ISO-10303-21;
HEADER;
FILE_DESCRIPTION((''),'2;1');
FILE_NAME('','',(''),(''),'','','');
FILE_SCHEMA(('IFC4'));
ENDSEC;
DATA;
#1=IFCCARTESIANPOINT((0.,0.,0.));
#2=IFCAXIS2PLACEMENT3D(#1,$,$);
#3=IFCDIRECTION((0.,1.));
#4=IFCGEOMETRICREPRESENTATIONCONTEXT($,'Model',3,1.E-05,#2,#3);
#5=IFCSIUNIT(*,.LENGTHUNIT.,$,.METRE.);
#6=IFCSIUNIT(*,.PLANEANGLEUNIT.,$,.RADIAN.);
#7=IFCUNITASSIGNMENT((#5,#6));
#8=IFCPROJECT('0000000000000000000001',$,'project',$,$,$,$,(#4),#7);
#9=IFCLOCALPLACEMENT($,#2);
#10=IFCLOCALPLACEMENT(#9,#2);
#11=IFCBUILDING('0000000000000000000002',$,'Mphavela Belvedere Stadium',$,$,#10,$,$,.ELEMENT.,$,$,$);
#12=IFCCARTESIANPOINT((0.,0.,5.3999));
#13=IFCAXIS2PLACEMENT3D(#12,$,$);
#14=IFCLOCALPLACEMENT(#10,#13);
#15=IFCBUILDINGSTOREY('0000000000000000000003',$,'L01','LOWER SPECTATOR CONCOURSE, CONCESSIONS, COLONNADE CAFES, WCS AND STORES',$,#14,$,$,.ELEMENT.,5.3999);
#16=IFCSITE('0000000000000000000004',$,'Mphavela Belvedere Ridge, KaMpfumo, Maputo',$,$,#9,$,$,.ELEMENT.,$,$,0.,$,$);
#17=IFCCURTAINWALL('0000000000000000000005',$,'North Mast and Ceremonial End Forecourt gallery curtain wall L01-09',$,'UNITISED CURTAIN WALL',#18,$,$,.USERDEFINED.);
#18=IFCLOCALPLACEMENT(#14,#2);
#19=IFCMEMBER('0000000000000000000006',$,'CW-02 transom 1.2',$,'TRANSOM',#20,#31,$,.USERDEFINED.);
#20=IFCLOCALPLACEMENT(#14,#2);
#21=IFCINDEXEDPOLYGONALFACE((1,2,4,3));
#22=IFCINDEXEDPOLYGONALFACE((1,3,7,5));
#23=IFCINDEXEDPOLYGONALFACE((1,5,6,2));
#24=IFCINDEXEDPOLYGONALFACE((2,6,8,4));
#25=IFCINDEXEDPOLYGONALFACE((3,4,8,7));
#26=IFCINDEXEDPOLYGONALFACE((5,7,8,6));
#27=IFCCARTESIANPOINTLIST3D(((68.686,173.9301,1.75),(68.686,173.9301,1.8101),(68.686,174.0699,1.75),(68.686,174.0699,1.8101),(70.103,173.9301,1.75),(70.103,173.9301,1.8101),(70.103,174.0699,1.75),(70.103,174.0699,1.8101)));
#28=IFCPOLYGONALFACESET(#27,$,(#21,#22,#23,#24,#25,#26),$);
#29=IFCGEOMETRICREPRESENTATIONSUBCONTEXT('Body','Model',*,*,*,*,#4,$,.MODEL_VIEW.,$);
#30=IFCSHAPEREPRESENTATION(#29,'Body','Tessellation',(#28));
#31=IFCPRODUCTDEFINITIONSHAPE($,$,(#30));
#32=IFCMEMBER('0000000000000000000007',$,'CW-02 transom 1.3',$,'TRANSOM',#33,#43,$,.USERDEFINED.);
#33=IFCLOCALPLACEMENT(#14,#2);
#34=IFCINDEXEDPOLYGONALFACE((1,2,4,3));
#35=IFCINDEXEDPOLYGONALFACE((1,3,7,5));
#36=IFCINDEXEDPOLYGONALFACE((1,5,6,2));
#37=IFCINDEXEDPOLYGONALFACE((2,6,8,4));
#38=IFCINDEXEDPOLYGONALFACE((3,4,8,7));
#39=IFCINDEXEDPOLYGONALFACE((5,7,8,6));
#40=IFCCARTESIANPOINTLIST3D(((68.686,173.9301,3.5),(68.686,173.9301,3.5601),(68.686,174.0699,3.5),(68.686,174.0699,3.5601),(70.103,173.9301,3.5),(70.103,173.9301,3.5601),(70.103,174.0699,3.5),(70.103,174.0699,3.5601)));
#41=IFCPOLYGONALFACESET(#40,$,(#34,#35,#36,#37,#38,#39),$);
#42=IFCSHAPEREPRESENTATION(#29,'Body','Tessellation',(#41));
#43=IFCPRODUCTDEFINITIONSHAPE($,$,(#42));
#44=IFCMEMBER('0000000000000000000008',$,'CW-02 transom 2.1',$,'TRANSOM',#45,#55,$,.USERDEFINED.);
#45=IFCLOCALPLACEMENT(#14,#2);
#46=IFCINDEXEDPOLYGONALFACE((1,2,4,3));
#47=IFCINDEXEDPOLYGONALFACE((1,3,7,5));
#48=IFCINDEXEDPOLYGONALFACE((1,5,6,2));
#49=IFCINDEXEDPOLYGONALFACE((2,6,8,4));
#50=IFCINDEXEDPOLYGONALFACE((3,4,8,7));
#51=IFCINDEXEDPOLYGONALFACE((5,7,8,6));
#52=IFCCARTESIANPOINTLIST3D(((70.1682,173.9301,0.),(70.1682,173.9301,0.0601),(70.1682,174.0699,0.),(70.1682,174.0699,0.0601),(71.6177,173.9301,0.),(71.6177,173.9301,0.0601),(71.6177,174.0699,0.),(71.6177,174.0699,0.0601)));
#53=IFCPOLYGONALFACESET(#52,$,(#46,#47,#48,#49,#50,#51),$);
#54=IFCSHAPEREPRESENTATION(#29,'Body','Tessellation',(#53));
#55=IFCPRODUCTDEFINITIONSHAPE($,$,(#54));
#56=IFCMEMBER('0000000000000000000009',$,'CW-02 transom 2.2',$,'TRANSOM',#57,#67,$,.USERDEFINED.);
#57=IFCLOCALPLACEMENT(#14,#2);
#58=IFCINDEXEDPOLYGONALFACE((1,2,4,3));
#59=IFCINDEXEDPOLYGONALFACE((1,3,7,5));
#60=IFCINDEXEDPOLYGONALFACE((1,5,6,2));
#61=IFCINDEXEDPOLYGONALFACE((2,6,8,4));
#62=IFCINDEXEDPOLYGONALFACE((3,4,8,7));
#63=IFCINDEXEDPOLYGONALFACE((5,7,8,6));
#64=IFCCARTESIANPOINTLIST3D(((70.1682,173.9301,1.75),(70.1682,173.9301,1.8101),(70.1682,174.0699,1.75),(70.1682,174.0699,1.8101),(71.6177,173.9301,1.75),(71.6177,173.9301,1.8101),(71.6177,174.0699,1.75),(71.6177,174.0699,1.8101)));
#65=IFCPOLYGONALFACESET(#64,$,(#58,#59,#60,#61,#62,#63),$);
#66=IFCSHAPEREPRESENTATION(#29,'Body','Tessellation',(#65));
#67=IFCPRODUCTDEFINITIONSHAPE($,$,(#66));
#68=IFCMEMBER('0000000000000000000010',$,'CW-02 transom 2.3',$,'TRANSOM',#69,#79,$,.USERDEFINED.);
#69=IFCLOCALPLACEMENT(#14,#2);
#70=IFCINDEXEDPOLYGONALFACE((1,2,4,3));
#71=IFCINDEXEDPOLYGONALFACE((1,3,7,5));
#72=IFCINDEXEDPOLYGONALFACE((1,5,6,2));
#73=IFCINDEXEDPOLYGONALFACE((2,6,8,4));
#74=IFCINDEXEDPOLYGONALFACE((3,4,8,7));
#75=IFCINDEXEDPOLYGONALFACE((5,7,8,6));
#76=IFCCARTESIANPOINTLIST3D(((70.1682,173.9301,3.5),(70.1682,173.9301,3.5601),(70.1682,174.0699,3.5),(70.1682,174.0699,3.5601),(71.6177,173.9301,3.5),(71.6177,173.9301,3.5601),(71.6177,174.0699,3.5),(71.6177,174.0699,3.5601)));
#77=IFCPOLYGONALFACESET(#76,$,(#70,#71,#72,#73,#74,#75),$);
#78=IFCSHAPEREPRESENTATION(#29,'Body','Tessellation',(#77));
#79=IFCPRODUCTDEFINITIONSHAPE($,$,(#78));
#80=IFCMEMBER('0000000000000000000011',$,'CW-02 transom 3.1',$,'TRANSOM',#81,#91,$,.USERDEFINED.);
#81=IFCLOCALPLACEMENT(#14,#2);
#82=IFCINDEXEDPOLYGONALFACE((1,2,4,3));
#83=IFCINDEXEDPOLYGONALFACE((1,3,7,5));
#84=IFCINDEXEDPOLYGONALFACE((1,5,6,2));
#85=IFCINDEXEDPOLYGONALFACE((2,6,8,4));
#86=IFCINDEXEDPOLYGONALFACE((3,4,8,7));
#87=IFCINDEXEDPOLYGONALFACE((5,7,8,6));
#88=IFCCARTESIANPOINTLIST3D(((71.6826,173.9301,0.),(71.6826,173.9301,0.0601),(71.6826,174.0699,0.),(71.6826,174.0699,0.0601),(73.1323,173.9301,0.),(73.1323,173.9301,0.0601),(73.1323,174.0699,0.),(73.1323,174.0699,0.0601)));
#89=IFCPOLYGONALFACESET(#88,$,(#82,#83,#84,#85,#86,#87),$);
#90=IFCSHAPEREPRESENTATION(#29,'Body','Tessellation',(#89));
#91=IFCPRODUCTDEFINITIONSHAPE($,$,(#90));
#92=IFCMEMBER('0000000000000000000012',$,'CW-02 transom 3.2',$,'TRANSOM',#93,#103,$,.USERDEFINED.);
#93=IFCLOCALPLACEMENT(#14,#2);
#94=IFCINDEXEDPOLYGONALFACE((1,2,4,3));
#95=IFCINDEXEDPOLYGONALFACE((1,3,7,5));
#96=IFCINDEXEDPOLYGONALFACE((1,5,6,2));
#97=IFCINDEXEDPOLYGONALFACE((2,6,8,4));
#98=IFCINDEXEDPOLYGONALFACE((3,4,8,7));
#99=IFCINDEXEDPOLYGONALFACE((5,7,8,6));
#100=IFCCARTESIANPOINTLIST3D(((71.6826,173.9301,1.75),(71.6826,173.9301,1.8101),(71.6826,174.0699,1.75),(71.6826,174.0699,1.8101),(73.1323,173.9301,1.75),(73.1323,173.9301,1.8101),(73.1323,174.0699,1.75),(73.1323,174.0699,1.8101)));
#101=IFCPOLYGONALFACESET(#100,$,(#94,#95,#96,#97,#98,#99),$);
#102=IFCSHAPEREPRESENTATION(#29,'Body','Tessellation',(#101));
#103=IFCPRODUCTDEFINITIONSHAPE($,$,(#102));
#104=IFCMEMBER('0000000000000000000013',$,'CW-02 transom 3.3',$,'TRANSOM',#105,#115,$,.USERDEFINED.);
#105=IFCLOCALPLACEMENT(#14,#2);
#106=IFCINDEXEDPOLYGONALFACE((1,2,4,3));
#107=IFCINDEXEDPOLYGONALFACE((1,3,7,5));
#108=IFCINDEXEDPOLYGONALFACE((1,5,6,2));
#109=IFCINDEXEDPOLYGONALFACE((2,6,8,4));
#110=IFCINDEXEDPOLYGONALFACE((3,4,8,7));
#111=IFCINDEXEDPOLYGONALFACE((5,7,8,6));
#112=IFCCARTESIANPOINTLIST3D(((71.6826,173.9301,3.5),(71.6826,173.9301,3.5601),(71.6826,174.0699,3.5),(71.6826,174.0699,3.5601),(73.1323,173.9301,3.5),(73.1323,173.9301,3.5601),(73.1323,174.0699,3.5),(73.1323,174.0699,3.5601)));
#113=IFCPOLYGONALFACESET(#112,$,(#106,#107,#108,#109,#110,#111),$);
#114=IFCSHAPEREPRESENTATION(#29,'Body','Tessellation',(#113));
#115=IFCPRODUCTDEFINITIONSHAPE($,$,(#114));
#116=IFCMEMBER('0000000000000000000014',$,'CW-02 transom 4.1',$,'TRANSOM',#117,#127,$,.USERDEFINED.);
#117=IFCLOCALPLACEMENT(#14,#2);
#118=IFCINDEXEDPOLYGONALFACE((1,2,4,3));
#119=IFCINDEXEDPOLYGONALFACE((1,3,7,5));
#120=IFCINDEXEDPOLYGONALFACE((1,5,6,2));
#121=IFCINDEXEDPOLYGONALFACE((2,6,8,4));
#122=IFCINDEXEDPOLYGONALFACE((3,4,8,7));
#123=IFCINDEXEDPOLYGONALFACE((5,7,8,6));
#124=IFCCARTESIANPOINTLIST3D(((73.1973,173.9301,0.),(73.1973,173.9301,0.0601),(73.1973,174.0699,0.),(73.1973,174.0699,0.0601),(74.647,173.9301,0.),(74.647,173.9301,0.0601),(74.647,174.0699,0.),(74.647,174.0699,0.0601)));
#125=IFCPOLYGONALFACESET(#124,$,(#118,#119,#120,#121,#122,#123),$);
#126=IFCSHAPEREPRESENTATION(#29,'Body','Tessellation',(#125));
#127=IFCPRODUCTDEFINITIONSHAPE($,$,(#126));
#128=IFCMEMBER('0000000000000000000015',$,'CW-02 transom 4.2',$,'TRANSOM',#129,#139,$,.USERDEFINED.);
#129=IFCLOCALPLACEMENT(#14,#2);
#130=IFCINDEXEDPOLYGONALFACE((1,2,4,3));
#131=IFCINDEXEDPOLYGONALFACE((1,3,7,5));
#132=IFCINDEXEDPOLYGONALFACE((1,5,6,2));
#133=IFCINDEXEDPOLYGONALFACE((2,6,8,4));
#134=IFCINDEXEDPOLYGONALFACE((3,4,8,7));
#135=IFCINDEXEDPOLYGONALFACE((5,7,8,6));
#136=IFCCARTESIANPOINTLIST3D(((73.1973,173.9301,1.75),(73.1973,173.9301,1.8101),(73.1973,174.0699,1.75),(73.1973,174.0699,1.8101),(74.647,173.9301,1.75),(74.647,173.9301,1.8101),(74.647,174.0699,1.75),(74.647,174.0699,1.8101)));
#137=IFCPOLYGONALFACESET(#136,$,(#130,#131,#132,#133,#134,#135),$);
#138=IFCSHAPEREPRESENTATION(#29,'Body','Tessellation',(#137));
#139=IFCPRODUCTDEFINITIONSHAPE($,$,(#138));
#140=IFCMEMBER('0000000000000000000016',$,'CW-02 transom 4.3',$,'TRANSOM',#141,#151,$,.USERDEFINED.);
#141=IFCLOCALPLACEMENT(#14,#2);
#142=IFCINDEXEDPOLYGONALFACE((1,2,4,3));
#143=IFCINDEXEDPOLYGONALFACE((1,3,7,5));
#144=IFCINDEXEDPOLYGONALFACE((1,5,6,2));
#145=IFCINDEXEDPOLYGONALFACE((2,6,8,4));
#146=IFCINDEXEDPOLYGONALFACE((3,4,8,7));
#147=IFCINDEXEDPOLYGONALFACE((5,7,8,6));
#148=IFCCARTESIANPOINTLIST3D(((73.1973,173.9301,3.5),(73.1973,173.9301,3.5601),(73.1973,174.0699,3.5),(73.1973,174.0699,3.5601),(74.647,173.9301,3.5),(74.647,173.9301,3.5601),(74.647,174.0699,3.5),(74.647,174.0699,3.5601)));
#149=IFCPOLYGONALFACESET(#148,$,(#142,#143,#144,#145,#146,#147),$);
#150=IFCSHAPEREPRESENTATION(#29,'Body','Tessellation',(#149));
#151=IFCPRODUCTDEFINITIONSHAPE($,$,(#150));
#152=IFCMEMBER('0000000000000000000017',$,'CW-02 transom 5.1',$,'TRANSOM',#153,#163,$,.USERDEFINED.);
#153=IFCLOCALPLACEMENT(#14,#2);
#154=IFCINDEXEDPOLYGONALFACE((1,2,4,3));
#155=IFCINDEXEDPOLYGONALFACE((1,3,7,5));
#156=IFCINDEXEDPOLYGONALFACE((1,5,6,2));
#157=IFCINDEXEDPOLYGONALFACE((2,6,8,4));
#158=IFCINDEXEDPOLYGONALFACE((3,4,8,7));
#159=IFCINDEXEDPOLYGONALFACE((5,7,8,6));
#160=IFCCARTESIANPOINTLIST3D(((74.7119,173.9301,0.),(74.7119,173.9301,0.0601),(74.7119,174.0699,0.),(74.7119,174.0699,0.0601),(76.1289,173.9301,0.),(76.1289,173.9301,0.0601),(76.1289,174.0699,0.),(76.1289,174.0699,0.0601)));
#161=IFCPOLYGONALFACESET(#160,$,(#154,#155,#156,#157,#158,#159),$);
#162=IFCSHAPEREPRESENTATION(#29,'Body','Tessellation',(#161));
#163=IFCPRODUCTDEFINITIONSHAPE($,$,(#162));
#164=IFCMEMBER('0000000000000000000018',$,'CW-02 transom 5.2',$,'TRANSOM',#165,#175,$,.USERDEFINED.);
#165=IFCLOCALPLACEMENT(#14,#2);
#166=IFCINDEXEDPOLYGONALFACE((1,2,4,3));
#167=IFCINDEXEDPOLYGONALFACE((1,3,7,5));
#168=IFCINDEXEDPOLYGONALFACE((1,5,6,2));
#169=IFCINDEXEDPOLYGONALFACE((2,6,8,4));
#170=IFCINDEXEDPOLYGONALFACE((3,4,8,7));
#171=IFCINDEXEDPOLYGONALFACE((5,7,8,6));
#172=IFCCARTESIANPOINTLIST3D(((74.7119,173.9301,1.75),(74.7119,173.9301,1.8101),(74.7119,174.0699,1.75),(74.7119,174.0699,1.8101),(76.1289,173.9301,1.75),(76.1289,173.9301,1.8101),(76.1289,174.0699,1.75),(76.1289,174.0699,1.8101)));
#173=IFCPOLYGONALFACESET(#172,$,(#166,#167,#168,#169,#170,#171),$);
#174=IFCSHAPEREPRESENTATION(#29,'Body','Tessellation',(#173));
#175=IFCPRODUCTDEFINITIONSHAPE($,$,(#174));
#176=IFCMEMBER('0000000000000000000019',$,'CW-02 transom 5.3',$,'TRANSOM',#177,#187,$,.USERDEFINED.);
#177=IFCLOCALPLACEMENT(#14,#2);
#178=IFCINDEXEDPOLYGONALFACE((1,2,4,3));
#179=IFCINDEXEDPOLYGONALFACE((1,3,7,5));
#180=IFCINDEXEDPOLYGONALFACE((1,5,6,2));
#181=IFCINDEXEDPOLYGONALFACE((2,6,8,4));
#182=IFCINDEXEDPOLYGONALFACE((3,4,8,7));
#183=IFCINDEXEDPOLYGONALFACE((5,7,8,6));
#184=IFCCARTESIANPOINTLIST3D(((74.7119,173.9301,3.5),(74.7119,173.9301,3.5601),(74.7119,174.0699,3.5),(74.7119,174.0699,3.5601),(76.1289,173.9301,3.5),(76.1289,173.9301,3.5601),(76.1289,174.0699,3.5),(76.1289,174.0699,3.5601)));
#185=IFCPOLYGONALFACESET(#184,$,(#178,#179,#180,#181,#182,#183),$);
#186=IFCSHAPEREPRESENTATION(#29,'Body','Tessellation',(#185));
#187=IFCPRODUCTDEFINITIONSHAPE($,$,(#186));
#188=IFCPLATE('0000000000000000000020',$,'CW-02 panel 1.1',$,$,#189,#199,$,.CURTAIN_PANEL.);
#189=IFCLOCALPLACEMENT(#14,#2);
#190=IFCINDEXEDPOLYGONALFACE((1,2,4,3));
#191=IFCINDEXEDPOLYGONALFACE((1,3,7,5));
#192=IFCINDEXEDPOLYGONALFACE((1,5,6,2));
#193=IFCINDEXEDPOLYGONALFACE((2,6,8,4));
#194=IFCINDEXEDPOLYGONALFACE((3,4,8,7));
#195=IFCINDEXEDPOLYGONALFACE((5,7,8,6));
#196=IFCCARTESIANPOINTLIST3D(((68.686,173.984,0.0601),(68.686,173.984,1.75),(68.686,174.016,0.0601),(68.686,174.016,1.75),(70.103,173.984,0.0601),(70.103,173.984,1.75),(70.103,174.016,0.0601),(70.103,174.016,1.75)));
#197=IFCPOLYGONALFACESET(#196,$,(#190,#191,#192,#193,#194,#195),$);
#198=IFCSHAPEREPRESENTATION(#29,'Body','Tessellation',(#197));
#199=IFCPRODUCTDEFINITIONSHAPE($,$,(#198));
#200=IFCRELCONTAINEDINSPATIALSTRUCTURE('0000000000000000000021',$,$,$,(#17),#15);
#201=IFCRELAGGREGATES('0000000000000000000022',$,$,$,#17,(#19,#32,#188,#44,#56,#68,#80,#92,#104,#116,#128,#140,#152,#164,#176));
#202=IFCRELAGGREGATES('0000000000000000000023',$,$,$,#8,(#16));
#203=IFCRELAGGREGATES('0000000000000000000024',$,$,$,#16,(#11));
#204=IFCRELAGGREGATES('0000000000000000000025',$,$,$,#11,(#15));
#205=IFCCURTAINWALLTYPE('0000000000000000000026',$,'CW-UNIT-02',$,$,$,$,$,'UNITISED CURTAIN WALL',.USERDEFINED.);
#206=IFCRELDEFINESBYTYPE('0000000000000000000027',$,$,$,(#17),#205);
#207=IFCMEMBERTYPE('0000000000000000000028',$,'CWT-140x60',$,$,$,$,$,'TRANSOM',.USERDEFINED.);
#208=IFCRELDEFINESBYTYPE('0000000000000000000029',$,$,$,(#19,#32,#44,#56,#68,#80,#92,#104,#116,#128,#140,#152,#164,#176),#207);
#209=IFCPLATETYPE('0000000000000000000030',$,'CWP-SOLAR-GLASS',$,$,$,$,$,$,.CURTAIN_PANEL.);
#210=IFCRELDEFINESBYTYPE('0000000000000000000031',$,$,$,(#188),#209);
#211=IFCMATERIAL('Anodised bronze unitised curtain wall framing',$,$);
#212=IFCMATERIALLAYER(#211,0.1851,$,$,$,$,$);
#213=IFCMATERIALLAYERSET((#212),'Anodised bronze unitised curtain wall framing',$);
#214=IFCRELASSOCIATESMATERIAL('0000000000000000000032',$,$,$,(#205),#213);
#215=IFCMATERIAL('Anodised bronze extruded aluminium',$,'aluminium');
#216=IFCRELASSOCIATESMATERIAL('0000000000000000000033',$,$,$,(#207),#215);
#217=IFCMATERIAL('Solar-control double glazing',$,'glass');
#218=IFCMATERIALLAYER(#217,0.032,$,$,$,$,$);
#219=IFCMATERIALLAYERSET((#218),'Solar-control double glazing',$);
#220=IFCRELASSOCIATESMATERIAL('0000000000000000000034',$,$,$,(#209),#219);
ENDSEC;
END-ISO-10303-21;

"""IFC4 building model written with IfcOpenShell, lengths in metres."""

from ifc_helpers import new_model, si_unit, direction, frame, origin, origin_2d, place, context, subcontext, project, spatial, rectangle, extrude, material, layer, layer_set, material_profile, profile_set, type_object, element, aggregate, save


model = new_model("IFC4")

# Units and contexts
model_context = context("Model", 3, precision=1e-05, world=origin(), true_north=direction((0.0, 1.0)))
body_context = subcontext(model_context, "Body", "Model", "MODEL_VIEW")
ifc_project = project(units=[si_unit("LENGTHUNIT", "METRE"), si_unit("PLANEANGLEUNIT", "RADIAN")], contexts=[model_context])

# Site, building, storey
site_placement = place(None, origin())
site = spatial("IfcSite", under=ifc_project, at=site_placement, Name="Mphavela Belvedere Ridge, KaMpfumo, Maputo", CompositionType="ELEMENT", RefElevation=0.0)
building_placement = place(site_placement, origin())
building = spatial("IfcBuilding", under=site, at=building_placement, Name="Mphavela Belvedere Stadium", CompositionType="ELEMENT")
storey_placement = place(building_placement, frame((0.0, 0.0, 5.3999)))
storey = spatial("IfcBuildingStorey", under=building, at=storey_placement, Name="L01", Description="LOWER SPECTATOR CONCOURSE, CONCESSIONS, COLONNADE CAFES, WCS AND STORES", CompositionType="ELEMENT", Elevation=5.3999)

# Curtain wall, members, plate
ifc_material_1 = material(Name="Anodised bronze unitised curtain wall framing")
ifc_layer_1 = layer(ifc_material_1, 0.1851)
ifc_layer_set_1 = layer_set([ifc_layer_1], Name="Anodised bronze unitised curtain wall framing")
curtain_wall_type = type_object("IfcCurtainWallType", Name="CW-UNIT-02", ElementType="UNITISED CURTAIN WALL", PredefinedType="USERDEFINED", material=ifc_layer_set_1)
curtain_wall_placement = place(storey_placement, origin())
curtain_wall = element("IfcCurtainWall", 1, at=curtain_wall_placement, inside=storey, type_object=curtain_wall_type, Name="North Mast and Ceremonial End Forecourt gallery curtain wall L01-09", ObjectType="UNITISED CURTAIN WALL", PredefinedType="USERDEFINED")
ifc_material_2 = material(Name="Anodised bronze extruded aluminium", Category="aluminium")
ifc_material_profile_1 = material_profile(ifc_material_2, rectangle(XDim=0.1399, YDim=0.0601, at=origin_2d()), Name="CW-TRN 140x60")
ifc_profile_set_1 = profile_set([ifc_material_profile_1], Name="Anodised bronze extruded aluminium")
member_type_1 = type_object("IfcMemberType", Name="CWT-140x60", ElementType="TRANSOM", PredefinedType="USERDEFINED", material=ifc_profile_set_1)
member_1_placement = place(storey_placement, frame((68.686, 174.0, 1.78), z_axis=(1.0, 0.0, 0.0), x_axis=(0.0, 1.0, 0.0)))
member_1 = element("IfcMember", 2, at=member_1_placement, type_object=member_type_1, Name="CW-02 transom 1.2", ObjectType="TRANSOM", PredefinedType="USERDEFINED", context=body_context, shape_type="SweptSolid", body=[
    extrude(rectangle(XDim=0.1399, YDim=0.0601, at=origin_2d()), origin(), (0.0, 0.0, 1.0), 1.417),
])
member_2_placement = place(storey_placement, frame((68.686, 174.0, 3.53), z_axis=(1.0, 0.0, 0.0), x_axis=(0.0, 1.0, 0.0)))
member_2 = element("IfcMember", 3, at=member_2_placement, type_object=member_type_1, Name="CW-02 transom 1.3", ObjectType="TRANSOM", PredefinedType="USERDEFINED", context=body_context, shape_type="SweptSolid", body=[
    extrude(rectangle(XDim=0.1399, YDim=0.0601, at=origin_2d()), origin(), (0.0, 0.0, 1.0), 1.417),
])
member_3_placement = place(storey_placement, frame((70.1682, 174.0, 0.03), z_axis=(1.0, 0.0, 0.0), x_axis=(0.0, 1.0, 0.0)))
member_3 = element("IfcMember", 4, at=member_3_placement, type_object=member_type_1, Name="CW-02 transom 2.1", ObjectType="TRANSOM", PredefinedType="USERDEFINED", context=body_context, shape_type="SweptSolid", body=[
    extrude(rectangle(XDim=0.1399, YDim=0.0601, at=origin_2d()), origin(), (0.0, 0.0, 1.0), 1.4495),
])
member_4_placement = place(storey_placement, frame((70.1682, 174.0, 1.78), z_axis=(1.0, 0.0, 0.0), x_axis=(0.0, 1.0, 0.0)))
member_4 = element("IfcMember", 5, at=member_4_placement, type_object=member_type_1, Name="CW-02 transom 2.2", ObjectType="TRANSOM", PredefinedType="USERDEFINED", context=body_context, shape_type="SweptSolid", body=[
    extrude(rectangle(XDim=0.1399, YDim=0.0601, at=origin_2d()), origin(), (0.0, 0.0, 1.0), 1.4495),
])
member_5_placement = place(storey_placement, frame((70.1682, 174.0, 3.53), z_axis=(1.0, 0.0, 0.0), x_axis=(0.0, 1.0, 0.0)))
member_5 = element("IfcMember", 6, at=member_5_placement, type_object=member_type_1, Name="CW-02 transom 2.3", ObjectType="TRANSOM", PredefinedType="USERDEFINED", context=body_context, shape_type="SweptSolid", body=[
    extrude(rectangle(XDim=0.1399, YDim=0.0601, at=origin_2d()), origin(), (0.0, 0.0, 1.0), 1.4495),
])
member_6_placement = place(storey_placement, frame((71.6826, 174.0, 0.03), z_axis=(1.0, 0.0, 0.0), x_axis=(0.0, 1.0, 0.0)))
member_6 = element("IfcMember", 7, at=member_6_placement, type_object=member_type_1, Name="CW-02 transom 3.1", ObjectType="TRANSOM", PredefinedType="USERDEFINED", context=body_context, shape_type="SweptSolid", body=[
    extrude(rectangle(XDim=0.1399, YDim=0.0601, at=origin_2d()), origin(), (0.0, 0.0, 1.0), 1.4497),
])
member_7_placement = place(storey_placement, frame((71.6826, 174.0, 1.78), z_axis=(1.0, 0.0, 0.0), x_axis=(0.0, 1.0, 0.0)))
member_7 = element("IfcMember", 8, at=member_7_placement, type_object=member_type_1, Name="CW-02 transom 3.2", ObjectType="TRANSOM", PredefinedType="USERDEFINED", context=body_context, shape_type="SweptSolid", body=[
    extrude(rectangle(XDim=0.1399, YDim=0.0601, at=origin_2d()), origin(), (0.0, 0.0, 1.0), 1.4497),
])
member_8_placement = place(storey_placement, frame((71.6826, 174.0, 3.53), z_axis=(1.0, 0.0, 0.0), x_axis=(0.0, 1.0, 0.0)))
member_8 = element("IfcMember", 9, at=member_8_placement, type_object=member_type_1, Name="CW-02 transom 3.3", ObjectType="TRANSOM", PredefinedType="USERDEFINED", context=body_context, shape_type="SweptSolid", body=[
    extrude(rectangle(XDim=0.1399, YDim=0.0601, at=origin_2d()), origin(), (0.0, 0.0, 1.0), 1.4497),
])
member_9_placement = place(storey_placement, frame((73.1973, 174.0, 0.03), z_axis=(1.0, 0.0, 0.0), x_axis=(0.0, 1.0, 0.0)))
member_9 = element("IfcMember", 10, at=member_9_placement, type_object=member_type_1, Name="CW-02 transom 4.1", ObjectType="TRANSOM", PredefinedType="USERDEFINED", context=body_context, shape_type="SweptSolid", body=[
    extrude(rectangle(XDim=0.1399, YDim=0.0601, at=origin_2d()), origin(), (0.0, 0.0, 1.0), 1.4497),
])
member_10_placement = place(storey_placement, frame((73.1973, 174.0, 1.78), z_axis=(1.0, 0.0, 0.0), x_axis=(0.0, 1.0, 0.0)))
member_10 = element("IfcMember", 11, at=member_10_placement, type_object=member_type_1, Name="CW-02 transom 4.2", ObjectType="TRANSOM", PredefinedType="USERDEFINED", context=body_context, shape_type="SweptSolid", body=[
    extrude(rectangle(XDim=0.1399, YDim=0.0601, at=origin_2d()), origin(), (0.0, 0.0, 1.0), 1.4497),
])
member_11_placement = place(storey_placement, frame((73.1973, 174.0, 3.53), z_axis=(1.0, 0.0, 0.0), x_axis=(0.0, 1.0, 0.0)))
member_11 = element("IfcMember", 12, at=member_11_placement, type_object=member_type_1, Name="CW-02 transom 4.3", ObjectType="TRANSOM", PredefinedType="USERDEFINED", context=body_context, shape_type="SweptSolid", body=[
    extrude(rectangle(XDim=0.1399, YDim=0.0601, at=origin_2d()), origin(), (0.0, 0.0, 1.0), 1.4497),
])
member_12_placement = place(storey_placement, frame((74.7119, 174.0, 0.03), z_axis=(1.0, 0.0, 0.0), x_axis=(0.0, 1.0, 0.0)))
member_12 = element("IfcMember", 13, at=member_12_placement, type_object=member_type_1, Name="CW-02 transom 5.1", ObjectType="TRANSOM", PredefinedType="USERDEFINED", context=body_context, shape_type="SweptSolid", body=[
    extrude(rectangle(XDim=0.1399, YDim=0.0601, at=origin_2d()), origin(), (0.0, 0.0, 1.0), 1.417),
])
member_13_placement = place(storey_placement, frame((74.7119, 174.0, 1.78), z_axis=(1.0, 0.0, 0.0), x_axis=(0.0, 1.0, 0.0)))
member_13 = element("IfcMember", 14, at=member_13_placement, type_object=member_type_1, Name="CW-02 transom 5.2", ObjectType="TRANSOM", PredefinedType="USERDEFINED", context=body_context, shape_type="SweptSolid", body=[
    extrude(rectangle(XDim=0.1399, YDim=0.0601, at=origin_2d()), origin(), (0.0, 0.0, 1.0), 1.417),
])
member_14_placement = place(storey_placement, frame((74.7119, 174.0, 3.53), z_axis=(1.0, 0.0, 0.0), x_axis=(0.0, 1.0, 0.0)))
member_14 = element("IfcMember", 15, at=member_14_placement, type_object=member_type_1, Name="CW-02 transom 5.3", ObjectType="TRANSOM", PredefinedType="USERDEFINED", context=body_context, shape_type="SweptSolid", body=[
    extrude(rectangle(XDim=0.1399, YDim=0.0601, at=origin_2d()), origin(), (0.0, 0.0, 1.0), 1.417),
])
ifc_material_3 = material(Name="Solar-control double glazing", Category="glass")
ifc_layer_2 = layer(ifc_material_3, 0.032)
ifc_layer_set_2 = layer_set([ifc_layer_2], Name="Solar-control double glazing")
plate_type = type_object("IfcPlateType", Name="CWP-SOLAR-GLASS", PredefinedType="CURTAIN_PANEL", material=ifc_layer_set_2)
plate_1_placement = place(storey_placement, frame((69.3945, 174.0, 0.0601), z_axis=(0.0, 0.0, 1.0), x_axis=(1.0, 0.0, 0.0)))
plate_1 = element("IfcPlate", 16, at=plate_1_placement, type_object=plate_type, Name="CW-02 panel 1.1", PredefinedType="CURTAIN_PANEL", context=body_context, shape_type="SweptSolid", body=[
    extrude(rectangle(XDim=1.417, YDim=0.032, at=origin_2d()), origin(), (0.0, 0.0, 1.0), 1.6899),
])
aggregate(curtain_wall, [member_1, member_2, plate_1, member_3, member_4, member_5, member_6, member_7, member_8, member_9, member_10, member_11, member_12, member_13, member_14])

save(model, "model.ifc")
